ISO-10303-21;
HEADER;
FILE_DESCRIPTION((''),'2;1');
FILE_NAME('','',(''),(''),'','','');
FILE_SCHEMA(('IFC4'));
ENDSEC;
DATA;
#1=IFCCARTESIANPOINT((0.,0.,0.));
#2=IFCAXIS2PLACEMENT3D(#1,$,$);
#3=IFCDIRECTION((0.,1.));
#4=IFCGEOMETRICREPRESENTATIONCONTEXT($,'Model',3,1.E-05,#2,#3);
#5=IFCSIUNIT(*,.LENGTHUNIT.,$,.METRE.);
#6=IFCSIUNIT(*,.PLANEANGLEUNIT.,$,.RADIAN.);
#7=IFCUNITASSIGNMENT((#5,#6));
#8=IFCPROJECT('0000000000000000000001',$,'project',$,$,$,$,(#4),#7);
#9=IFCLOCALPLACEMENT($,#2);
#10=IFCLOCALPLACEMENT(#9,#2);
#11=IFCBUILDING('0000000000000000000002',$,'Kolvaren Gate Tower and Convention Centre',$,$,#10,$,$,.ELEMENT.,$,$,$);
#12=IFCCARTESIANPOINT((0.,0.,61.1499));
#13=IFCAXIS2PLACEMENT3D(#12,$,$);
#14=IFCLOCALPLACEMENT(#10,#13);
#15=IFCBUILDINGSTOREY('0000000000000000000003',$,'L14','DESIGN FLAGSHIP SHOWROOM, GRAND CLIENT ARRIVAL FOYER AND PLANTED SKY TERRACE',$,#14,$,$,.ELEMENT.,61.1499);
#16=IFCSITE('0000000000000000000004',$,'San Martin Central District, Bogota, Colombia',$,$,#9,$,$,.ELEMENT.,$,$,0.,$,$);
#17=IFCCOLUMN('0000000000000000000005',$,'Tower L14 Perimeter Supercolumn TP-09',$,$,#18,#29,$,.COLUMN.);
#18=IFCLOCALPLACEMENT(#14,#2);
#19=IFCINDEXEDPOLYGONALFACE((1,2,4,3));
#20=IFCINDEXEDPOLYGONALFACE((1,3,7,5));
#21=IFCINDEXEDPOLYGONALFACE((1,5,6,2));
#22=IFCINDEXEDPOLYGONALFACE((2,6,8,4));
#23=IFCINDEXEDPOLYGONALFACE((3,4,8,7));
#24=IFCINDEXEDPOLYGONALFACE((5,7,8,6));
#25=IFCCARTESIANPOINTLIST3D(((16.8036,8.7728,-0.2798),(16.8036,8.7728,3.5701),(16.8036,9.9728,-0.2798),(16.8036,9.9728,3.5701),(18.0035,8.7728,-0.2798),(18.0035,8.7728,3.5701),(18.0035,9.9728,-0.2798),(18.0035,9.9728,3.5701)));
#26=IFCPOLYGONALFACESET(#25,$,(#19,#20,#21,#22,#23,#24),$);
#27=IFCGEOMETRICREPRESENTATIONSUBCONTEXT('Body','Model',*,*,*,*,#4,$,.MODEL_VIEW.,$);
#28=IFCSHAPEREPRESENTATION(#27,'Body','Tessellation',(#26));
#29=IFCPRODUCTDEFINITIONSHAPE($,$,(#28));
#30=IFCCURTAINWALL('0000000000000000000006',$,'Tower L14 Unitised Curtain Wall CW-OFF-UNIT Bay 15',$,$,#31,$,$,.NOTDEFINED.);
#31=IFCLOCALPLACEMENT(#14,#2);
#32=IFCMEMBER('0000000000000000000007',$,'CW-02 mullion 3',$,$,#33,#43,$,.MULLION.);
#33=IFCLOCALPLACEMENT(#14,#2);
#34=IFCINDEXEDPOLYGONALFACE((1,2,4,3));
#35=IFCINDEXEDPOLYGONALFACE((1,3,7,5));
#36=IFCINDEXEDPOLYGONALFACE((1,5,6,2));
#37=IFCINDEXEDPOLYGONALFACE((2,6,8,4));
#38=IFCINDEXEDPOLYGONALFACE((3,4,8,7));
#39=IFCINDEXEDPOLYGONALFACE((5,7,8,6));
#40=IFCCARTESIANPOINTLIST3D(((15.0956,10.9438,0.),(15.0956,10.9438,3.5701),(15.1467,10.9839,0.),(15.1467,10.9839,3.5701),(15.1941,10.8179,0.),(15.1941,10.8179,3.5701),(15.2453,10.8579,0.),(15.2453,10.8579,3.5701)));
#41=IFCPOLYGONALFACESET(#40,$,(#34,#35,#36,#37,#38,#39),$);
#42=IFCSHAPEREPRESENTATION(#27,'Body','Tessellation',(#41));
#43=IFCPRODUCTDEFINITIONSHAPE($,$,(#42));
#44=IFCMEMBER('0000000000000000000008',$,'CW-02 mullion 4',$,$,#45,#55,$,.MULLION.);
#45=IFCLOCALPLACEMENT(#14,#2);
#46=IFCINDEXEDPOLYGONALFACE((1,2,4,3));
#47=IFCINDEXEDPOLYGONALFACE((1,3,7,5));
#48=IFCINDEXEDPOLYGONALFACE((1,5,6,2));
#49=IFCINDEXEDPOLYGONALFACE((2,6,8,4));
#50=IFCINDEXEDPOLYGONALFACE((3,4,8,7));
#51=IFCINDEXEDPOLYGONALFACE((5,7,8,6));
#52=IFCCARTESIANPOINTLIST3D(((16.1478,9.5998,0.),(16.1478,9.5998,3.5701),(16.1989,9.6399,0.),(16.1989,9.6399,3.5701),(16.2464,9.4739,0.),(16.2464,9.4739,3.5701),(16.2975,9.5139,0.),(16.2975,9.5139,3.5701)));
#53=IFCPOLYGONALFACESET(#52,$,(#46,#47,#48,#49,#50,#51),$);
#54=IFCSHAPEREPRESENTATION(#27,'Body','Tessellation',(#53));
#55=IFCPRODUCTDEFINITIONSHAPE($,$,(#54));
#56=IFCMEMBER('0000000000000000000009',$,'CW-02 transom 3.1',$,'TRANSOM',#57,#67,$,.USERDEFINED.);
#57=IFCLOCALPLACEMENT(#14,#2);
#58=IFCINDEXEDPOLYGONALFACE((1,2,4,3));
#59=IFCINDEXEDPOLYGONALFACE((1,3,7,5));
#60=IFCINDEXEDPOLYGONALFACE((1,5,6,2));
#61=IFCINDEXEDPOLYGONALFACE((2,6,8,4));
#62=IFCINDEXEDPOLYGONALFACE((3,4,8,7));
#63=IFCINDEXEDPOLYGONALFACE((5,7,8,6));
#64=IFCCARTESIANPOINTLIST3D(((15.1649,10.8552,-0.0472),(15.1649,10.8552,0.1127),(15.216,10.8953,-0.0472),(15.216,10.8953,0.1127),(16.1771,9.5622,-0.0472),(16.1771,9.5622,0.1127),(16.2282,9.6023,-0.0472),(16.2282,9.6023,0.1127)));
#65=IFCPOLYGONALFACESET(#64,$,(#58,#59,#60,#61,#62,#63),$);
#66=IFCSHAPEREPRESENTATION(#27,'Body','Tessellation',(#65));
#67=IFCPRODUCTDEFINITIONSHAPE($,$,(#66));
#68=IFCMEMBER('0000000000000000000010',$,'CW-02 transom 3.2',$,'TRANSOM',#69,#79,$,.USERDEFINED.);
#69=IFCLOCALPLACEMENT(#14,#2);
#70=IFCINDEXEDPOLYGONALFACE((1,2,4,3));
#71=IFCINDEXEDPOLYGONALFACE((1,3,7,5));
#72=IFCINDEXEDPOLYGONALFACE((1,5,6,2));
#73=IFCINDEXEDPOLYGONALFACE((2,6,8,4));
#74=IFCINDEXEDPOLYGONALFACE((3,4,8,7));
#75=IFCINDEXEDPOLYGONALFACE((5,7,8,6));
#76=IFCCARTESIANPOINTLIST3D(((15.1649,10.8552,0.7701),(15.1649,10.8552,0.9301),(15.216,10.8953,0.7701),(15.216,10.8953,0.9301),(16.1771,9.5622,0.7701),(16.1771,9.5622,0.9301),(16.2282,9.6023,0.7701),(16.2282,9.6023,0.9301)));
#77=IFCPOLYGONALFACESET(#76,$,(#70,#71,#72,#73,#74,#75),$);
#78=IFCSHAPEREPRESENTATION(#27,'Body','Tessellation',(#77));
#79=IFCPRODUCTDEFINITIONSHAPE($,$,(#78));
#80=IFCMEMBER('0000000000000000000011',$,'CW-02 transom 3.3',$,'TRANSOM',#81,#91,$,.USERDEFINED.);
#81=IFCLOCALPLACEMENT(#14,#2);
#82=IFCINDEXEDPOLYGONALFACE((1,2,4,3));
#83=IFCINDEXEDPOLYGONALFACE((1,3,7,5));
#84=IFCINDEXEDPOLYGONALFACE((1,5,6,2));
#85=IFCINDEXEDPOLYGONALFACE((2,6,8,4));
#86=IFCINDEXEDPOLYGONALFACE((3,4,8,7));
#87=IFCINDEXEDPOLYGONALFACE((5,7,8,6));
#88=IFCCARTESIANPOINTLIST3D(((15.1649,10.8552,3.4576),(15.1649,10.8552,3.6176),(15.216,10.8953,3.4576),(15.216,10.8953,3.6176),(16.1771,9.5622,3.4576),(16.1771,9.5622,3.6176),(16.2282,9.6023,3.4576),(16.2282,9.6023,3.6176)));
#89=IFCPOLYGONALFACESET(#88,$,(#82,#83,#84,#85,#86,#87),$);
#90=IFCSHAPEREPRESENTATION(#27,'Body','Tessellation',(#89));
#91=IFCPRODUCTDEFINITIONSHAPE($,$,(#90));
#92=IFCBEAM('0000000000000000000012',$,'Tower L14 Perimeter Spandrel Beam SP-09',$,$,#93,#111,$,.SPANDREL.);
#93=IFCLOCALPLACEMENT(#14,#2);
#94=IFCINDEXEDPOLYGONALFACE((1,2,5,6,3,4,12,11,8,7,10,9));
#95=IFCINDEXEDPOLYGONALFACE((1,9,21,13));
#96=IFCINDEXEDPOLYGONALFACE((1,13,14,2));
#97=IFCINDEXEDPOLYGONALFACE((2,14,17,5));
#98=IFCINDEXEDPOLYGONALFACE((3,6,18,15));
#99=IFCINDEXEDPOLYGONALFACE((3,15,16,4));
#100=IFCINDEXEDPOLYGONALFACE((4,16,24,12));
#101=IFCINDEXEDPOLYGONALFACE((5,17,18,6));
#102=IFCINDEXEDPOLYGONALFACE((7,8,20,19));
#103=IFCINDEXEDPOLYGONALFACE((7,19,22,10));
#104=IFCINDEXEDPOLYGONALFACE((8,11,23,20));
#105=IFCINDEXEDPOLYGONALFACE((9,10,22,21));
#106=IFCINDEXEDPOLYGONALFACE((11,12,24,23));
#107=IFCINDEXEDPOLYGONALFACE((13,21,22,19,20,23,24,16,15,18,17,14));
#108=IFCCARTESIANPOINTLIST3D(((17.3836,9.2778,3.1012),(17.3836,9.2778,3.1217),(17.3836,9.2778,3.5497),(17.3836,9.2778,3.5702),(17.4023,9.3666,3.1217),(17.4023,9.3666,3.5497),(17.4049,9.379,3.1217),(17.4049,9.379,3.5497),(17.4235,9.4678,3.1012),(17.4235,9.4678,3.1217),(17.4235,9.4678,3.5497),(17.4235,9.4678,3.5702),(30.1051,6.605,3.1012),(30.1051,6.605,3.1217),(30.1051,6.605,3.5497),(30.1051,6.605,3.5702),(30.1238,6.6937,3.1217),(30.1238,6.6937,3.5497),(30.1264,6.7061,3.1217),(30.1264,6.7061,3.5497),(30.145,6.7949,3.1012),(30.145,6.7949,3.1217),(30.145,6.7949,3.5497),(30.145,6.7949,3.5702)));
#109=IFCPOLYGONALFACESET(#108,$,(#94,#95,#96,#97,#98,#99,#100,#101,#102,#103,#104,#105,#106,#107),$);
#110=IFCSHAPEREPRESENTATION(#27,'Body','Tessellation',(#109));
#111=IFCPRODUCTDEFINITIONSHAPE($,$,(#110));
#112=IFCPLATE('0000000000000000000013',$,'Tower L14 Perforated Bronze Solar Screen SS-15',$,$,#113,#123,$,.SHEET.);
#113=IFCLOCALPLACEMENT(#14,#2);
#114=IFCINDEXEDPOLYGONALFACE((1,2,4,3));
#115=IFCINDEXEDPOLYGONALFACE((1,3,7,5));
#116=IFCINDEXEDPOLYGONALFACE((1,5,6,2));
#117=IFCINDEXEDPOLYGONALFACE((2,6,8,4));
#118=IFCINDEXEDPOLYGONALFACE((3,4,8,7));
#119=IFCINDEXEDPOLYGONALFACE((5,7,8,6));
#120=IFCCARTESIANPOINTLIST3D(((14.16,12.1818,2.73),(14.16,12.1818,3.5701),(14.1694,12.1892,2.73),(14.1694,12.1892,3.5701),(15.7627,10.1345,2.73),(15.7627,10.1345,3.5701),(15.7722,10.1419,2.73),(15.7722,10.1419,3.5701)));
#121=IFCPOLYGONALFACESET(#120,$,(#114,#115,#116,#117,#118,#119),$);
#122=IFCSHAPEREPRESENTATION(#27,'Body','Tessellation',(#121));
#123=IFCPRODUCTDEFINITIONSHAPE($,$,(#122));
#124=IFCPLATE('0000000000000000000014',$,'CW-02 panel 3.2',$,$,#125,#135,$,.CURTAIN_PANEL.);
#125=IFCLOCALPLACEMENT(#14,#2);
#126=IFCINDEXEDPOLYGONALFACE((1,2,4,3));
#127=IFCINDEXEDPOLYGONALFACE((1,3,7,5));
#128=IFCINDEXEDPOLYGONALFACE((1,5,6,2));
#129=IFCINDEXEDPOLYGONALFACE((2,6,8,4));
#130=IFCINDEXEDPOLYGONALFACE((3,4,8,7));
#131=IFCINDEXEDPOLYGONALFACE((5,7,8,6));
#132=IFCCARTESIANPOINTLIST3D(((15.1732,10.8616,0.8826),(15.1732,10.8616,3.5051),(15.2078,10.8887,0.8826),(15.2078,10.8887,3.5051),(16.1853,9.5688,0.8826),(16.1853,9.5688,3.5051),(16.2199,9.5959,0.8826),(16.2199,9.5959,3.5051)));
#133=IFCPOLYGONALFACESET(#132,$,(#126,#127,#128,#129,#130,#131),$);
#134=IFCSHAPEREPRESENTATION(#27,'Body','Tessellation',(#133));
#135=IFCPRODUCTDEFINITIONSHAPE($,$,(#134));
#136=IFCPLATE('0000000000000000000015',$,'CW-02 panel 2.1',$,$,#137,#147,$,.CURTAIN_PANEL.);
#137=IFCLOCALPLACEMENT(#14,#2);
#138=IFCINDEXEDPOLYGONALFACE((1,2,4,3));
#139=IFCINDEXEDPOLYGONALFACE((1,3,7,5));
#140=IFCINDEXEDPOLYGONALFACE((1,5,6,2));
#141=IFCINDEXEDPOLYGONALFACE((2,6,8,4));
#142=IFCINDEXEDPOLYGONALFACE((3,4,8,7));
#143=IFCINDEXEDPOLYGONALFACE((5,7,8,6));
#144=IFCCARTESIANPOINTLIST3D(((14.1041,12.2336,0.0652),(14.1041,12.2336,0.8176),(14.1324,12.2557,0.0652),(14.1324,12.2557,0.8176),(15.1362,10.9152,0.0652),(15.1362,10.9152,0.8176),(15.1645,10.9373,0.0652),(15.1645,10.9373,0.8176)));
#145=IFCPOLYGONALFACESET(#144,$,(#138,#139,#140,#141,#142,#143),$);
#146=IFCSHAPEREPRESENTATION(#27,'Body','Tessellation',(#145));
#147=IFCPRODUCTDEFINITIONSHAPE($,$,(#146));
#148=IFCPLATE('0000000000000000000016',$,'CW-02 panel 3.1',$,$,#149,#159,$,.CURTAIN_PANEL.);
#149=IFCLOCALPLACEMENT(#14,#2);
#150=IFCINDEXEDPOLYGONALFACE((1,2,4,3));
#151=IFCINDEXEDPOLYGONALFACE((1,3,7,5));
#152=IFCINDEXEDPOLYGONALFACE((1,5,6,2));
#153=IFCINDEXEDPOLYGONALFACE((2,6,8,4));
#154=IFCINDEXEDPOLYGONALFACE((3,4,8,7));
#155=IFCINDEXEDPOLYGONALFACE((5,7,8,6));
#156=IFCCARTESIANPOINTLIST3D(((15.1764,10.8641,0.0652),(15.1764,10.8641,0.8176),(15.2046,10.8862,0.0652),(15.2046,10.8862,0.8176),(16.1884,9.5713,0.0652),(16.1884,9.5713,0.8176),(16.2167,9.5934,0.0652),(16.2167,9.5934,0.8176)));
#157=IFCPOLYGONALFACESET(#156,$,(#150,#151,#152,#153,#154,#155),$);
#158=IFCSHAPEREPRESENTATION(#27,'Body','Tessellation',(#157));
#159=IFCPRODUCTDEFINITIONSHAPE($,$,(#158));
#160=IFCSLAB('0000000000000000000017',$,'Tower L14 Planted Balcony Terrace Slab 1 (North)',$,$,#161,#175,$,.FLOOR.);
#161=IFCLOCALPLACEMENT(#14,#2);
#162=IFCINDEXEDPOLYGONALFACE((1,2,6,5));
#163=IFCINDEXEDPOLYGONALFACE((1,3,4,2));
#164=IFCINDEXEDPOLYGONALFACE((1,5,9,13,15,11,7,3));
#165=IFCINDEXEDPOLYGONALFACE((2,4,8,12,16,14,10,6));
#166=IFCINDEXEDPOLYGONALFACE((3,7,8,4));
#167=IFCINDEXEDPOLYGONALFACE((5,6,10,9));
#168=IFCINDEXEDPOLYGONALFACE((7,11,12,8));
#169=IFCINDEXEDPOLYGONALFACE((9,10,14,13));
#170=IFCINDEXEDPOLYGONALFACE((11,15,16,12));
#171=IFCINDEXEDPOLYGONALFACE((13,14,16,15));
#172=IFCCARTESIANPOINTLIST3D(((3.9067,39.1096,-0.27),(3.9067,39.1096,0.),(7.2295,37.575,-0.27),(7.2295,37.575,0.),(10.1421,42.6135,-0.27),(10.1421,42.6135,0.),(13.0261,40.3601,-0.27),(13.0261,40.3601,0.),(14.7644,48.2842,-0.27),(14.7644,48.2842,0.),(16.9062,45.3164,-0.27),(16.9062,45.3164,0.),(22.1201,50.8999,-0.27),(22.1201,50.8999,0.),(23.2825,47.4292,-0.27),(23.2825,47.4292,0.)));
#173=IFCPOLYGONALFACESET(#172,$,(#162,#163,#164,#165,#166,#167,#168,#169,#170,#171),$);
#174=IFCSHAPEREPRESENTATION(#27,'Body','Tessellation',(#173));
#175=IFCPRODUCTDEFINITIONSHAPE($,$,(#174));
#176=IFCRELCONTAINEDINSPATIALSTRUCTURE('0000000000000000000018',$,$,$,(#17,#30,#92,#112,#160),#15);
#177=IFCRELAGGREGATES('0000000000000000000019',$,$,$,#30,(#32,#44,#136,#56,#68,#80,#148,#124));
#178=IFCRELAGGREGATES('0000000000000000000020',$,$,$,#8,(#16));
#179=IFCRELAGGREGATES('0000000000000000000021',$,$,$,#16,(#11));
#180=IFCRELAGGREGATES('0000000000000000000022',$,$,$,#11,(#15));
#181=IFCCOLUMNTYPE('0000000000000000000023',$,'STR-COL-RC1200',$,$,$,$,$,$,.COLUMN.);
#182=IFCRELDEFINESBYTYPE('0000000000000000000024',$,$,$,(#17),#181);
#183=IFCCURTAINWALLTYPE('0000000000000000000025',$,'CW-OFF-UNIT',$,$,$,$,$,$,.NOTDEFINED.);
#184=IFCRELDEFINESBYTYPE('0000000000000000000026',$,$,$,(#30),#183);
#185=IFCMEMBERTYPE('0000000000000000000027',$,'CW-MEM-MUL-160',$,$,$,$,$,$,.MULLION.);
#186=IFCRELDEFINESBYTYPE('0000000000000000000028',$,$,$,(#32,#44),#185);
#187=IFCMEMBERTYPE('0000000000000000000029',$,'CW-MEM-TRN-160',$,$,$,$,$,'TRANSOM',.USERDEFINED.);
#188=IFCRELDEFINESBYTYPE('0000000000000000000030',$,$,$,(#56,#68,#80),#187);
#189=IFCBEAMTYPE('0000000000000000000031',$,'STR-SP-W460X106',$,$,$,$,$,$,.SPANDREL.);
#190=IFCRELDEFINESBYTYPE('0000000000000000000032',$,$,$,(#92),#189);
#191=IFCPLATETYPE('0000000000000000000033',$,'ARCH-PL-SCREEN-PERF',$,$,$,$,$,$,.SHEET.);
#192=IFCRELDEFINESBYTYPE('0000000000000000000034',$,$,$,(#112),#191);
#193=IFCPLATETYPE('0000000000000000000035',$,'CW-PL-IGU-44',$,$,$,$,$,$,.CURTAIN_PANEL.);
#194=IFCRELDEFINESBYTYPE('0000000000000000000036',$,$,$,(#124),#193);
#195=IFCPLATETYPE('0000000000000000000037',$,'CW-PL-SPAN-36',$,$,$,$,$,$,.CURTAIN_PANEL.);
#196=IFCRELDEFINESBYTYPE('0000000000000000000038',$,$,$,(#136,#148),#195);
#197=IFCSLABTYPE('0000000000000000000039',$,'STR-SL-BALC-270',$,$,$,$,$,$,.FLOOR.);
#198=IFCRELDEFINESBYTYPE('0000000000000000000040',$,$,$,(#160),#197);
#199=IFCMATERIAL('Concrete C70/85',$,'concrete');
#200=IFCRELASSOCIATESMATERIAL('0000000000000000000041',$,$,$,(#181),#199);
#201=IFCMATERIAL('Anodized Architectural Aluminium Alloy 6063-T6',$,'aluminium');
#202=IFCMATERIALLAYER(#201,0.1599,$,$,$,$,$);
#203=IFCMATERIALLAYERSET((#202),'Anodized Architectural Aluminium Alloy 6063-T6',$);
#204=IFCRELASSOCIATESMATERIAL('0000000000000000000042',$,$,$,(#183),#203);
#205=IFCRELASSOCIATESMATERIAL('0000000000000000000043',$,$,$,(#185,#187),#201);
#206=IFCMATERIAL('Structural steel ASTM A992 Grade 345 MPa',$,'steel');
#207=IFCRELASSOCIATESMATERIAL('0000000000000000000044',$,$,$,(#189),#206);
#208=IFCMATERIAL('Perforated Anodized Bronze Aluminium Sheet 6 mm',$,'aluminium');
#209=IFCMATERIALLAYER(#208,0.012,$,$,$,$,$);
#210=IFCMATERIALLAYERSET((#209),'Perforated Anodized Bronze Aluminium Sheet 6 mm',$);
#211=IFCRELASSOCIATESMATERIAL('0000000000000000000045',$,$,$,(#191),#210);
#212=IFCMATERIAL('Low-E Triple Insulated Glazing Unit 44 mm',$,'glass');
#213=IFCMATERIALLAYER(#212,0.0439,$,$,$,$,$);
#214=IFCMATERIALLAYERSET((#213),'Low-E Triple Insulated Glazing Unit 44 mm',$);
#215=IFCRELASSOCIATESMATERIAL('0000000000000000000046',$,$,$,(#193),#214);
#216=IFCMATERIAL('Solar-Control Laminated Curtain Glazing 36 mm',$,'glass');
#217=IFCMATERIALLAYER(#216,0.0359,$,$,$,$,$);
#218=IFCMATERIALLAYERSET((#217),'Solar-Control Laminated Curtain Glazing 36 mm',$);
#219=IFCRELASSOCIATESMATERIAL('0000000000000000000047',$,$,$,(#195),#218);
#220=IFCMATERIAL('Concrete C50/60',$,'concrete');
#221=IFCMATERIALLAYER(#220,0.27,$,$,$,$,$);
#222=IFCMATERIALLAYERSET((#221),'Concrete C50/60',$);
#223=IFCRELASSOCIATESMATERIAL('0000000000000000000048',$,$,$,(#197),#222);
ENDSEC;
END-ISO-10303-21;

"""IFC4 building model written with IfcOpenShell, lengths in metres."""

from ifc_helpers import new_model, si_unit, direction, frame, origin, origin_2d, place, context, subcontext, project, spatial, polyline, rectangle, i_section, outline, extrude, material, layer, layer_set, material_profile, profile_set, type_object, element, aggregate, save


model = new_model("IFC4")

# Units and contexts
model_context = context("Model", 3, precision=1e-05, world=origin(), true_north=direction((0.0, 1.0)))
body_context = subcontext(model_context, "Body", "Model", "MODEL_VIEW")
ifc_project = project(units=[si_unit("LENGTHUNIT", "METRE"), si_unit("PLANEANGLEUNIT", "RADIAN")], contexts=[model_context])

# Site, building, storey
site_placement = place(None, origin())
site = spatial("IfcSite", under=ifc_project, at=site_placement, Name="San Martin Central District, Bogota, Colombia", CompositionType="ELEMENT", RefElevation=0.0)
building_placement = place(site_placement, origin())
building = spatial("IfcBuilding", under=site, at=building_placement, Name="Kolvaren Gate Tower and Convention Centre", CompositionType="ELEMENT")
storey_placement = place(building_placement, frame((0.0, 0.0, 61.1499)))
storey = spatial("IfcBuildingStorey", under=building, at=storey_placement, Name="L14", Description="DESIGN FLAGSHIP SHOWROOM, GRAND CLIENT ARRIVAL FOYER AND PLANTED SKY TERRACE", CompositionType="ELEMENT", Elevation=61.1499)

# Column
ifc_material_1 = material(Name="Concrete C70/85", Category="concrete")
ifc_material_profile_1 = material_profile(ifc_material_1, rectangle(XDim=1.2, YDim=1.2, at=origin_2d()), Name="RC-COL-1200X1200")
ifc_profile_set_1 = profile_set([ifc_material_profile_1], Name="Concrete C70/85")
column_type = type_object("IfcColumnType", Name="STR-COL-RC1200", PredefinedType="COLUMN", material=ifc_profile_set_1)
column_placement = place(storey_placement, frame((17.4036, 9.3728, -0.2798), z_axis=(0.0, 0.0, 1.0), x_axis=(1.0, 0.0, 0.0)))
element("IfcColumn", 1, at=column_placement, inside=storey, type_object=column_type, Name="Tower L14 Perimeter Supercolumn TP-09", PredefinedType="COLUMN", context=body_context, shape_type="SweptSolid", body=[
    extrude(rectangle(XDim=1.2, YDim=1.2, at=origin_2d()), origin(), (0.0, 0.0, 1.0), 3.8499),
])

# Curtain wall, members
ifc_material_2 = material(Name="Anodized Architectural Aluminium Alloy 6063-T6", Category="aluminium")
ifc_layer_1 = layer(ifc_material_2, 0.1599)
ifc_layer_set_1 = layer_set([ifc_layer_1], Name="Anodized Architectural Aluminium Alloy 6063-T6")
curtain_wall_type = type_object("IfcCurtainWallType", Name="CW-OFF-UNIT", PredefinedType="NOTDEFINED", material=ifc_layer_set_1)
curtain_wall_placement = place(storey_placement, origin())
curtain_wall = element("IfcCurtainWall", 2, at=curtain_wall_placement, inside=storey, type_object=curtain_wall_type, Name="Tower L14 Unitised Curtain Wall CW-OFF-UNIT Bay 15", PredefinedType="NOTDEFINED")
ifc_material_profile_2 = material_profile(ifc_material_2, rectangle(XDim=0.0649, YDim=0.1599, at=origin_2d()), Name="CW-MEM-MUL-160")
ifc_profile_set_2 = profile_set([ifc_material_profile_2], Name="Anodized Architectural Aluminium Alloy 6063-T6")
member_type_1 = type_object("IfcMemberType", Name="CW-MEM-MUL-160", PredefinedType="MULLION", material=ifc_profile_set_2)
member_1_placement = place(storey_placement, frame((15.1704, 10.9009, 0.0), z_axis=(0.0, 0.0, 1.0), x_axis=(0.787412, 0.616427, 0.0)))
member_1 = element("IfcMember", 3, at=member_1_placement, type_object=member_type_1, Name="CW-02 mullion 3", PredefinedType="MULLION", context=body_context, shape_type="SweptSolid", body=[
    extrude(rectangle(XDim=0.0649, YDim=0.1599, at=origin_2d()), origin(), (0.0, 0.0, 1.0), 3.5701),
])
member_2_placement = place(storey_placement, frame((16.2227, 9.5569, 0.0), z_axis=(0.0, 0.0, 1.0), x_axis=(0.787412, 0.616427, 0.0)))
member_2 = element("IfcMember", 4, at=member_2_placement, type_object=member_type_1, Name="CW-02 mullion 4", PredefinedType="MULLION", context=body_context, shape_type="SweptSolid", body=[
    extrude(rectangle(XDim=0.0649, YDim=0.1599, at=origin_2d()), origin(), (0.0, 0.0, 1.0), 3.5701),
])
ifc_material_profile_3 = material_profile(ifc_material_2, rectangle(XDim=0.0649, YDim=0.1599, at=origin_2d()), Name="CW-MEM-TRN-160")
ifc_profile_set_3 = profile_set([ifc_material_profile_3], Name="Anodized Architectural Aluminium Alloy 6063-T6")
member_type_2 = type_object("IfcMemberType", Name="CW-MEM-TRN-160", ElementType="TRANSOM", PredefinedType="USERDEFINED", material=ifc_profile_set_3)
member_3_placement = place(storey_placement, frame((15.1904, 10.8752, 0.0327), z_axis=(0.616429, -0.787411, 0.0), x_axis=(0.787411, 0.616429, 0.0)))
member_3 = element("IfcMember", 5, at=member_3_placement, type_object=member_type_2, Name="CW-02 transom 3.1", ObjectType="TRANSOM", PredefinedType="USERDEFINED", context=body_context, shape_type="SweptSolid", body=[
    extrude(rectangle(XDim=0.0649, YDim=0.1599, at=origin_2d()), origin(), (0.0, 0.0, 1.0), 1.6421),
])
member_4_placement = place(storey_placement, frame((15.1904, 10.8752, 0.8501), z_axis=(0.616429, -0.787411, 0.0), x_axis=(0.787411, 0.616429, 0.0)))
member_4 = element("IfcMember", 6, at=member_4_placement, type_object=member_type_2, Name="CW-02 transom 3.2", ObjectType="TRANSOM", PredefinedType="USERDEFINED", context=body_context, shape_type="SweptSolid", body=[
    extrude(rectangle(XDim=0.0649, YDim=0.1599, at=origin_2d()), origin(), (0.0, 0.0, 1.0), 1.6421),
])
member_5_placement = place(storey_placement, frame((15.1904, 10.8752, 3.5376), z_axis=(0.616429, -0.787411, 0.0), x_axis=(0.787411, 0.616429, 0.0)))
member_5 = element("IfcMember", 7, at=member_5_placement, type_object=member_type_2, Name="CW-02 transom 3.3", ObjectType="TRANSOM", PredefinedType="USERDEFINED", context=body_context, shape_type="SweptSolid", body=[
    extrude(rectangle(XDim=0.0649, YDim=0.1599, at=origin_2d()), origin(), (0.0, 0.0, 1.0), 1.6421),
])

# Beam
ifc_material_3 = material(Name="Structural steel ASTM A992 Grade 345 MPa", Category="steel")
ifc_material_profile_4 = material_profile(ifc_material_3, i_section(OverallWidth=0.1941, OverallDepth=0.469, WebThickness=0.0127, FlangeThickness=0.0205, at=origin_2d()), Name="W460X106")
ifc_profile_set_4 = profile_set([ifc_material_profile_4], Name="Structural steel ASTM A992 Grade 345 MPa")
beam_type = type_object("IfcBeamType", Name="STR-SP-W460X106", PredefinedType="SPANDREL", material=ifc_profile_set_4)
beam_placement = place(storey_placement, frame((17.4036, 9.3728, 3.3357), z_axis=(0.978633, -0.205617, 0.0), x_axis=(0.205617, 0.978633, 0.0)))
element("IfcBeam", 8, at=beam_placement, inside=storey, type_object=beam_type, Name="Tower L14 Perimeter Spandrel Beam SP-09", PredefinedType="SPANDREL", context=body_context, shape_type="SweptSolid", body=[
    extrude(i_section(OverallWidth=0.1941, OverallDepth=0.469, WebThickness=0.0127, FlangeThickness=0.0205, at=origin_2d()), origin(), (0.0, 0.0, 1.0), 12.9993),
])

# Plates
ifc_material_4 = material(Name="Perforated Anodized Bronze Aluminium Sheet 6 mm", Category="aluminium")
ifc_layer_2 = layer(ifc_material_4, 0.012)
ifc_layer_set_2 = layer_set([ifc_layer_2], Name="Perforated Anodized Bronze Aluminium Sheet 6 mm")
plate_type_1 = type_object("IfcPlateType", Name="ARCH-PL-SCREEN-PERF", PredefinedType="SHEET", material=ifc_layer_set_2)
plate_1_placement = place(storey_placement, frame((14.9661, 11.1619, 2.73), z_axis=(0.0, 0.0, 1.0), x_axis=(0.616431, -0.787409, 0.0)))
element("IfcPlate", 9, at=plate_1_placement, inside=storey, type_object=plate_type_1, Name="Tower L14 Perforated Bronze Solar Screen SS-15", PredefinedType="SHEET", context=body_context, shape_type="SweptSolid", body=[
    extrude(rectangle(XDim=2.6001, YDim=0.012, at=origin_2d()), origin(), (0.0, 0.0, 1.0), 0.8401),
])
ifc_material_5 = material(Name="Low-E Triple Insulated Glazing Unit 44 mm", Category="glass")
ifc_layer_3 = layer(ifc_material_5, 0.0439)
ifc_layer_set_3 = layer_set([ifc_layer_3], Name="Low-E Triple Insulated Glazing Unit 44 mm")
plate_type_2 = type_object("IfcPlateType", Name="CW-PL-IGU-44", PredefinedType="CURTAIN_PANEL", material=ifc_layer_set_3)
plate_2_placement = place(storey_placement, frame((15.6965, 10.2288, 0.8826), z_axis=(0.0, 0.0, 1.0), x_axis=(0.616427, -0.787412, 0.0)))
plate_2 = element("IfcPlate", 10, at=plate_2_placement, type_object=plate_type_2, Name="CW-02 panel 3.2", PredefinedType="CURTAIN_PANEL", context=body_context, shape_type="SweptSolid", body=[
    extrude(rectangle(XDim=1.6418, YDim=0.0439, at=origin_2d()), origin(), (0.0, 0.0, 1.0), 2.6226),
])
ifc_material_6 = material(Name="Solar-Control Laminated Curtain Glazing 36 mm", Category="glass")
ifc_layer_4 = layer(ifc_material_6, 0.0359)
ifc_layer_set_4 = layer_set([ifc_layer_4], Name="Solar-Control Laminated Curtain Glazing 36 mm")
plate_type_3 = type_object("IfcPlateType", Name="CW-PL-SPAN-36", PredefinedType="CURTAIN_PANEL", material=ifc_layer_set_4)
plate_3_placement = place(storey_placement, frame((14.6343, 11.5854, 0.0652), z_axis=(0.0, 0.0, 1.0), x_axis=(0.616427, -0.787412, 0.0)))
plate_3 = element("IfcPlate", 11, at=plate_3_placement, type_object=plate_type_3, Name="CW-02 panel 2.1", PredefinedType="CURTAIN_PANEL", context=body_context, shape_type="SweptSolid", body=[
    extrude(rectangle(XDim=1.6743, YDim=0.0359, at=origin_2d()), origin(), (0.0, 0.0, 1.0), 0.7524),
])
plate_4_placement = place(storey_placement, frame((15.6965, 10.2288, 0.0652), z_axis=(0.0, 0.0, 1.0), x_axis=(0.616427, -0.787412, 0.0)))
plate_4 = element("IfcPlate", 12, at=plate_4_placement, type_object=plate_type_3, Name="CW-02 panel 3.1", PredefinedType="CURTAIN_PANEL", context=body_context, shape_type="SweptSolid", body=[
    extrude(rectangle(XDim=1.6418, YDim=0.0359, at=origin_2d()), origin(), (0.0, 0.0, 1.0), 0.7524),
])
aggregate(curtain_wall, [member_1, member_2, plate_3, member_3, member_4, member_5, plate_4, plate_2])

# Slab
ifc_material_7 = material(Name="Concrete C50/60", Category="concrete")
ifc_layer_5 = layer(ifc_material_7, 0.27)
ifc_layer_set_5 = layer_set([ifc_layer_5], Name="Concrete C50/60")
slab_type_1 = type_object("IfcSlabType", Name="STR-SL-BALC-270", PredefinedType="FLOOR", material=ifc_layer_set_5)
slab_1_placement = place(storey_placement, frame((0.0, 0.0, -0.27)))
element("IfcSlab", 13, at=slab_1_placement, inside=storey, type_object=slab_type_1, Name="Tower L14 Planted Balcony Terrace Slab 1 (North)", PredefinedType="FLOOR", context=body_context, shape_type="SweptSolid", body=[
    extrude(outline(polyline([(23.2825, 47.4292), (16.9062, 45.3164), (13.0261, 40.3601), (7.2295, 37.575), (3.9067, 39.1096), (10.1421, 42.6135), (14.7644, 48.2842), (22.1201, 50.8999), (23.2825, 47.4292)])), origin(), (0.0, 0.0, 1.0), 0.27),
])

save(model, "model.ifc")
